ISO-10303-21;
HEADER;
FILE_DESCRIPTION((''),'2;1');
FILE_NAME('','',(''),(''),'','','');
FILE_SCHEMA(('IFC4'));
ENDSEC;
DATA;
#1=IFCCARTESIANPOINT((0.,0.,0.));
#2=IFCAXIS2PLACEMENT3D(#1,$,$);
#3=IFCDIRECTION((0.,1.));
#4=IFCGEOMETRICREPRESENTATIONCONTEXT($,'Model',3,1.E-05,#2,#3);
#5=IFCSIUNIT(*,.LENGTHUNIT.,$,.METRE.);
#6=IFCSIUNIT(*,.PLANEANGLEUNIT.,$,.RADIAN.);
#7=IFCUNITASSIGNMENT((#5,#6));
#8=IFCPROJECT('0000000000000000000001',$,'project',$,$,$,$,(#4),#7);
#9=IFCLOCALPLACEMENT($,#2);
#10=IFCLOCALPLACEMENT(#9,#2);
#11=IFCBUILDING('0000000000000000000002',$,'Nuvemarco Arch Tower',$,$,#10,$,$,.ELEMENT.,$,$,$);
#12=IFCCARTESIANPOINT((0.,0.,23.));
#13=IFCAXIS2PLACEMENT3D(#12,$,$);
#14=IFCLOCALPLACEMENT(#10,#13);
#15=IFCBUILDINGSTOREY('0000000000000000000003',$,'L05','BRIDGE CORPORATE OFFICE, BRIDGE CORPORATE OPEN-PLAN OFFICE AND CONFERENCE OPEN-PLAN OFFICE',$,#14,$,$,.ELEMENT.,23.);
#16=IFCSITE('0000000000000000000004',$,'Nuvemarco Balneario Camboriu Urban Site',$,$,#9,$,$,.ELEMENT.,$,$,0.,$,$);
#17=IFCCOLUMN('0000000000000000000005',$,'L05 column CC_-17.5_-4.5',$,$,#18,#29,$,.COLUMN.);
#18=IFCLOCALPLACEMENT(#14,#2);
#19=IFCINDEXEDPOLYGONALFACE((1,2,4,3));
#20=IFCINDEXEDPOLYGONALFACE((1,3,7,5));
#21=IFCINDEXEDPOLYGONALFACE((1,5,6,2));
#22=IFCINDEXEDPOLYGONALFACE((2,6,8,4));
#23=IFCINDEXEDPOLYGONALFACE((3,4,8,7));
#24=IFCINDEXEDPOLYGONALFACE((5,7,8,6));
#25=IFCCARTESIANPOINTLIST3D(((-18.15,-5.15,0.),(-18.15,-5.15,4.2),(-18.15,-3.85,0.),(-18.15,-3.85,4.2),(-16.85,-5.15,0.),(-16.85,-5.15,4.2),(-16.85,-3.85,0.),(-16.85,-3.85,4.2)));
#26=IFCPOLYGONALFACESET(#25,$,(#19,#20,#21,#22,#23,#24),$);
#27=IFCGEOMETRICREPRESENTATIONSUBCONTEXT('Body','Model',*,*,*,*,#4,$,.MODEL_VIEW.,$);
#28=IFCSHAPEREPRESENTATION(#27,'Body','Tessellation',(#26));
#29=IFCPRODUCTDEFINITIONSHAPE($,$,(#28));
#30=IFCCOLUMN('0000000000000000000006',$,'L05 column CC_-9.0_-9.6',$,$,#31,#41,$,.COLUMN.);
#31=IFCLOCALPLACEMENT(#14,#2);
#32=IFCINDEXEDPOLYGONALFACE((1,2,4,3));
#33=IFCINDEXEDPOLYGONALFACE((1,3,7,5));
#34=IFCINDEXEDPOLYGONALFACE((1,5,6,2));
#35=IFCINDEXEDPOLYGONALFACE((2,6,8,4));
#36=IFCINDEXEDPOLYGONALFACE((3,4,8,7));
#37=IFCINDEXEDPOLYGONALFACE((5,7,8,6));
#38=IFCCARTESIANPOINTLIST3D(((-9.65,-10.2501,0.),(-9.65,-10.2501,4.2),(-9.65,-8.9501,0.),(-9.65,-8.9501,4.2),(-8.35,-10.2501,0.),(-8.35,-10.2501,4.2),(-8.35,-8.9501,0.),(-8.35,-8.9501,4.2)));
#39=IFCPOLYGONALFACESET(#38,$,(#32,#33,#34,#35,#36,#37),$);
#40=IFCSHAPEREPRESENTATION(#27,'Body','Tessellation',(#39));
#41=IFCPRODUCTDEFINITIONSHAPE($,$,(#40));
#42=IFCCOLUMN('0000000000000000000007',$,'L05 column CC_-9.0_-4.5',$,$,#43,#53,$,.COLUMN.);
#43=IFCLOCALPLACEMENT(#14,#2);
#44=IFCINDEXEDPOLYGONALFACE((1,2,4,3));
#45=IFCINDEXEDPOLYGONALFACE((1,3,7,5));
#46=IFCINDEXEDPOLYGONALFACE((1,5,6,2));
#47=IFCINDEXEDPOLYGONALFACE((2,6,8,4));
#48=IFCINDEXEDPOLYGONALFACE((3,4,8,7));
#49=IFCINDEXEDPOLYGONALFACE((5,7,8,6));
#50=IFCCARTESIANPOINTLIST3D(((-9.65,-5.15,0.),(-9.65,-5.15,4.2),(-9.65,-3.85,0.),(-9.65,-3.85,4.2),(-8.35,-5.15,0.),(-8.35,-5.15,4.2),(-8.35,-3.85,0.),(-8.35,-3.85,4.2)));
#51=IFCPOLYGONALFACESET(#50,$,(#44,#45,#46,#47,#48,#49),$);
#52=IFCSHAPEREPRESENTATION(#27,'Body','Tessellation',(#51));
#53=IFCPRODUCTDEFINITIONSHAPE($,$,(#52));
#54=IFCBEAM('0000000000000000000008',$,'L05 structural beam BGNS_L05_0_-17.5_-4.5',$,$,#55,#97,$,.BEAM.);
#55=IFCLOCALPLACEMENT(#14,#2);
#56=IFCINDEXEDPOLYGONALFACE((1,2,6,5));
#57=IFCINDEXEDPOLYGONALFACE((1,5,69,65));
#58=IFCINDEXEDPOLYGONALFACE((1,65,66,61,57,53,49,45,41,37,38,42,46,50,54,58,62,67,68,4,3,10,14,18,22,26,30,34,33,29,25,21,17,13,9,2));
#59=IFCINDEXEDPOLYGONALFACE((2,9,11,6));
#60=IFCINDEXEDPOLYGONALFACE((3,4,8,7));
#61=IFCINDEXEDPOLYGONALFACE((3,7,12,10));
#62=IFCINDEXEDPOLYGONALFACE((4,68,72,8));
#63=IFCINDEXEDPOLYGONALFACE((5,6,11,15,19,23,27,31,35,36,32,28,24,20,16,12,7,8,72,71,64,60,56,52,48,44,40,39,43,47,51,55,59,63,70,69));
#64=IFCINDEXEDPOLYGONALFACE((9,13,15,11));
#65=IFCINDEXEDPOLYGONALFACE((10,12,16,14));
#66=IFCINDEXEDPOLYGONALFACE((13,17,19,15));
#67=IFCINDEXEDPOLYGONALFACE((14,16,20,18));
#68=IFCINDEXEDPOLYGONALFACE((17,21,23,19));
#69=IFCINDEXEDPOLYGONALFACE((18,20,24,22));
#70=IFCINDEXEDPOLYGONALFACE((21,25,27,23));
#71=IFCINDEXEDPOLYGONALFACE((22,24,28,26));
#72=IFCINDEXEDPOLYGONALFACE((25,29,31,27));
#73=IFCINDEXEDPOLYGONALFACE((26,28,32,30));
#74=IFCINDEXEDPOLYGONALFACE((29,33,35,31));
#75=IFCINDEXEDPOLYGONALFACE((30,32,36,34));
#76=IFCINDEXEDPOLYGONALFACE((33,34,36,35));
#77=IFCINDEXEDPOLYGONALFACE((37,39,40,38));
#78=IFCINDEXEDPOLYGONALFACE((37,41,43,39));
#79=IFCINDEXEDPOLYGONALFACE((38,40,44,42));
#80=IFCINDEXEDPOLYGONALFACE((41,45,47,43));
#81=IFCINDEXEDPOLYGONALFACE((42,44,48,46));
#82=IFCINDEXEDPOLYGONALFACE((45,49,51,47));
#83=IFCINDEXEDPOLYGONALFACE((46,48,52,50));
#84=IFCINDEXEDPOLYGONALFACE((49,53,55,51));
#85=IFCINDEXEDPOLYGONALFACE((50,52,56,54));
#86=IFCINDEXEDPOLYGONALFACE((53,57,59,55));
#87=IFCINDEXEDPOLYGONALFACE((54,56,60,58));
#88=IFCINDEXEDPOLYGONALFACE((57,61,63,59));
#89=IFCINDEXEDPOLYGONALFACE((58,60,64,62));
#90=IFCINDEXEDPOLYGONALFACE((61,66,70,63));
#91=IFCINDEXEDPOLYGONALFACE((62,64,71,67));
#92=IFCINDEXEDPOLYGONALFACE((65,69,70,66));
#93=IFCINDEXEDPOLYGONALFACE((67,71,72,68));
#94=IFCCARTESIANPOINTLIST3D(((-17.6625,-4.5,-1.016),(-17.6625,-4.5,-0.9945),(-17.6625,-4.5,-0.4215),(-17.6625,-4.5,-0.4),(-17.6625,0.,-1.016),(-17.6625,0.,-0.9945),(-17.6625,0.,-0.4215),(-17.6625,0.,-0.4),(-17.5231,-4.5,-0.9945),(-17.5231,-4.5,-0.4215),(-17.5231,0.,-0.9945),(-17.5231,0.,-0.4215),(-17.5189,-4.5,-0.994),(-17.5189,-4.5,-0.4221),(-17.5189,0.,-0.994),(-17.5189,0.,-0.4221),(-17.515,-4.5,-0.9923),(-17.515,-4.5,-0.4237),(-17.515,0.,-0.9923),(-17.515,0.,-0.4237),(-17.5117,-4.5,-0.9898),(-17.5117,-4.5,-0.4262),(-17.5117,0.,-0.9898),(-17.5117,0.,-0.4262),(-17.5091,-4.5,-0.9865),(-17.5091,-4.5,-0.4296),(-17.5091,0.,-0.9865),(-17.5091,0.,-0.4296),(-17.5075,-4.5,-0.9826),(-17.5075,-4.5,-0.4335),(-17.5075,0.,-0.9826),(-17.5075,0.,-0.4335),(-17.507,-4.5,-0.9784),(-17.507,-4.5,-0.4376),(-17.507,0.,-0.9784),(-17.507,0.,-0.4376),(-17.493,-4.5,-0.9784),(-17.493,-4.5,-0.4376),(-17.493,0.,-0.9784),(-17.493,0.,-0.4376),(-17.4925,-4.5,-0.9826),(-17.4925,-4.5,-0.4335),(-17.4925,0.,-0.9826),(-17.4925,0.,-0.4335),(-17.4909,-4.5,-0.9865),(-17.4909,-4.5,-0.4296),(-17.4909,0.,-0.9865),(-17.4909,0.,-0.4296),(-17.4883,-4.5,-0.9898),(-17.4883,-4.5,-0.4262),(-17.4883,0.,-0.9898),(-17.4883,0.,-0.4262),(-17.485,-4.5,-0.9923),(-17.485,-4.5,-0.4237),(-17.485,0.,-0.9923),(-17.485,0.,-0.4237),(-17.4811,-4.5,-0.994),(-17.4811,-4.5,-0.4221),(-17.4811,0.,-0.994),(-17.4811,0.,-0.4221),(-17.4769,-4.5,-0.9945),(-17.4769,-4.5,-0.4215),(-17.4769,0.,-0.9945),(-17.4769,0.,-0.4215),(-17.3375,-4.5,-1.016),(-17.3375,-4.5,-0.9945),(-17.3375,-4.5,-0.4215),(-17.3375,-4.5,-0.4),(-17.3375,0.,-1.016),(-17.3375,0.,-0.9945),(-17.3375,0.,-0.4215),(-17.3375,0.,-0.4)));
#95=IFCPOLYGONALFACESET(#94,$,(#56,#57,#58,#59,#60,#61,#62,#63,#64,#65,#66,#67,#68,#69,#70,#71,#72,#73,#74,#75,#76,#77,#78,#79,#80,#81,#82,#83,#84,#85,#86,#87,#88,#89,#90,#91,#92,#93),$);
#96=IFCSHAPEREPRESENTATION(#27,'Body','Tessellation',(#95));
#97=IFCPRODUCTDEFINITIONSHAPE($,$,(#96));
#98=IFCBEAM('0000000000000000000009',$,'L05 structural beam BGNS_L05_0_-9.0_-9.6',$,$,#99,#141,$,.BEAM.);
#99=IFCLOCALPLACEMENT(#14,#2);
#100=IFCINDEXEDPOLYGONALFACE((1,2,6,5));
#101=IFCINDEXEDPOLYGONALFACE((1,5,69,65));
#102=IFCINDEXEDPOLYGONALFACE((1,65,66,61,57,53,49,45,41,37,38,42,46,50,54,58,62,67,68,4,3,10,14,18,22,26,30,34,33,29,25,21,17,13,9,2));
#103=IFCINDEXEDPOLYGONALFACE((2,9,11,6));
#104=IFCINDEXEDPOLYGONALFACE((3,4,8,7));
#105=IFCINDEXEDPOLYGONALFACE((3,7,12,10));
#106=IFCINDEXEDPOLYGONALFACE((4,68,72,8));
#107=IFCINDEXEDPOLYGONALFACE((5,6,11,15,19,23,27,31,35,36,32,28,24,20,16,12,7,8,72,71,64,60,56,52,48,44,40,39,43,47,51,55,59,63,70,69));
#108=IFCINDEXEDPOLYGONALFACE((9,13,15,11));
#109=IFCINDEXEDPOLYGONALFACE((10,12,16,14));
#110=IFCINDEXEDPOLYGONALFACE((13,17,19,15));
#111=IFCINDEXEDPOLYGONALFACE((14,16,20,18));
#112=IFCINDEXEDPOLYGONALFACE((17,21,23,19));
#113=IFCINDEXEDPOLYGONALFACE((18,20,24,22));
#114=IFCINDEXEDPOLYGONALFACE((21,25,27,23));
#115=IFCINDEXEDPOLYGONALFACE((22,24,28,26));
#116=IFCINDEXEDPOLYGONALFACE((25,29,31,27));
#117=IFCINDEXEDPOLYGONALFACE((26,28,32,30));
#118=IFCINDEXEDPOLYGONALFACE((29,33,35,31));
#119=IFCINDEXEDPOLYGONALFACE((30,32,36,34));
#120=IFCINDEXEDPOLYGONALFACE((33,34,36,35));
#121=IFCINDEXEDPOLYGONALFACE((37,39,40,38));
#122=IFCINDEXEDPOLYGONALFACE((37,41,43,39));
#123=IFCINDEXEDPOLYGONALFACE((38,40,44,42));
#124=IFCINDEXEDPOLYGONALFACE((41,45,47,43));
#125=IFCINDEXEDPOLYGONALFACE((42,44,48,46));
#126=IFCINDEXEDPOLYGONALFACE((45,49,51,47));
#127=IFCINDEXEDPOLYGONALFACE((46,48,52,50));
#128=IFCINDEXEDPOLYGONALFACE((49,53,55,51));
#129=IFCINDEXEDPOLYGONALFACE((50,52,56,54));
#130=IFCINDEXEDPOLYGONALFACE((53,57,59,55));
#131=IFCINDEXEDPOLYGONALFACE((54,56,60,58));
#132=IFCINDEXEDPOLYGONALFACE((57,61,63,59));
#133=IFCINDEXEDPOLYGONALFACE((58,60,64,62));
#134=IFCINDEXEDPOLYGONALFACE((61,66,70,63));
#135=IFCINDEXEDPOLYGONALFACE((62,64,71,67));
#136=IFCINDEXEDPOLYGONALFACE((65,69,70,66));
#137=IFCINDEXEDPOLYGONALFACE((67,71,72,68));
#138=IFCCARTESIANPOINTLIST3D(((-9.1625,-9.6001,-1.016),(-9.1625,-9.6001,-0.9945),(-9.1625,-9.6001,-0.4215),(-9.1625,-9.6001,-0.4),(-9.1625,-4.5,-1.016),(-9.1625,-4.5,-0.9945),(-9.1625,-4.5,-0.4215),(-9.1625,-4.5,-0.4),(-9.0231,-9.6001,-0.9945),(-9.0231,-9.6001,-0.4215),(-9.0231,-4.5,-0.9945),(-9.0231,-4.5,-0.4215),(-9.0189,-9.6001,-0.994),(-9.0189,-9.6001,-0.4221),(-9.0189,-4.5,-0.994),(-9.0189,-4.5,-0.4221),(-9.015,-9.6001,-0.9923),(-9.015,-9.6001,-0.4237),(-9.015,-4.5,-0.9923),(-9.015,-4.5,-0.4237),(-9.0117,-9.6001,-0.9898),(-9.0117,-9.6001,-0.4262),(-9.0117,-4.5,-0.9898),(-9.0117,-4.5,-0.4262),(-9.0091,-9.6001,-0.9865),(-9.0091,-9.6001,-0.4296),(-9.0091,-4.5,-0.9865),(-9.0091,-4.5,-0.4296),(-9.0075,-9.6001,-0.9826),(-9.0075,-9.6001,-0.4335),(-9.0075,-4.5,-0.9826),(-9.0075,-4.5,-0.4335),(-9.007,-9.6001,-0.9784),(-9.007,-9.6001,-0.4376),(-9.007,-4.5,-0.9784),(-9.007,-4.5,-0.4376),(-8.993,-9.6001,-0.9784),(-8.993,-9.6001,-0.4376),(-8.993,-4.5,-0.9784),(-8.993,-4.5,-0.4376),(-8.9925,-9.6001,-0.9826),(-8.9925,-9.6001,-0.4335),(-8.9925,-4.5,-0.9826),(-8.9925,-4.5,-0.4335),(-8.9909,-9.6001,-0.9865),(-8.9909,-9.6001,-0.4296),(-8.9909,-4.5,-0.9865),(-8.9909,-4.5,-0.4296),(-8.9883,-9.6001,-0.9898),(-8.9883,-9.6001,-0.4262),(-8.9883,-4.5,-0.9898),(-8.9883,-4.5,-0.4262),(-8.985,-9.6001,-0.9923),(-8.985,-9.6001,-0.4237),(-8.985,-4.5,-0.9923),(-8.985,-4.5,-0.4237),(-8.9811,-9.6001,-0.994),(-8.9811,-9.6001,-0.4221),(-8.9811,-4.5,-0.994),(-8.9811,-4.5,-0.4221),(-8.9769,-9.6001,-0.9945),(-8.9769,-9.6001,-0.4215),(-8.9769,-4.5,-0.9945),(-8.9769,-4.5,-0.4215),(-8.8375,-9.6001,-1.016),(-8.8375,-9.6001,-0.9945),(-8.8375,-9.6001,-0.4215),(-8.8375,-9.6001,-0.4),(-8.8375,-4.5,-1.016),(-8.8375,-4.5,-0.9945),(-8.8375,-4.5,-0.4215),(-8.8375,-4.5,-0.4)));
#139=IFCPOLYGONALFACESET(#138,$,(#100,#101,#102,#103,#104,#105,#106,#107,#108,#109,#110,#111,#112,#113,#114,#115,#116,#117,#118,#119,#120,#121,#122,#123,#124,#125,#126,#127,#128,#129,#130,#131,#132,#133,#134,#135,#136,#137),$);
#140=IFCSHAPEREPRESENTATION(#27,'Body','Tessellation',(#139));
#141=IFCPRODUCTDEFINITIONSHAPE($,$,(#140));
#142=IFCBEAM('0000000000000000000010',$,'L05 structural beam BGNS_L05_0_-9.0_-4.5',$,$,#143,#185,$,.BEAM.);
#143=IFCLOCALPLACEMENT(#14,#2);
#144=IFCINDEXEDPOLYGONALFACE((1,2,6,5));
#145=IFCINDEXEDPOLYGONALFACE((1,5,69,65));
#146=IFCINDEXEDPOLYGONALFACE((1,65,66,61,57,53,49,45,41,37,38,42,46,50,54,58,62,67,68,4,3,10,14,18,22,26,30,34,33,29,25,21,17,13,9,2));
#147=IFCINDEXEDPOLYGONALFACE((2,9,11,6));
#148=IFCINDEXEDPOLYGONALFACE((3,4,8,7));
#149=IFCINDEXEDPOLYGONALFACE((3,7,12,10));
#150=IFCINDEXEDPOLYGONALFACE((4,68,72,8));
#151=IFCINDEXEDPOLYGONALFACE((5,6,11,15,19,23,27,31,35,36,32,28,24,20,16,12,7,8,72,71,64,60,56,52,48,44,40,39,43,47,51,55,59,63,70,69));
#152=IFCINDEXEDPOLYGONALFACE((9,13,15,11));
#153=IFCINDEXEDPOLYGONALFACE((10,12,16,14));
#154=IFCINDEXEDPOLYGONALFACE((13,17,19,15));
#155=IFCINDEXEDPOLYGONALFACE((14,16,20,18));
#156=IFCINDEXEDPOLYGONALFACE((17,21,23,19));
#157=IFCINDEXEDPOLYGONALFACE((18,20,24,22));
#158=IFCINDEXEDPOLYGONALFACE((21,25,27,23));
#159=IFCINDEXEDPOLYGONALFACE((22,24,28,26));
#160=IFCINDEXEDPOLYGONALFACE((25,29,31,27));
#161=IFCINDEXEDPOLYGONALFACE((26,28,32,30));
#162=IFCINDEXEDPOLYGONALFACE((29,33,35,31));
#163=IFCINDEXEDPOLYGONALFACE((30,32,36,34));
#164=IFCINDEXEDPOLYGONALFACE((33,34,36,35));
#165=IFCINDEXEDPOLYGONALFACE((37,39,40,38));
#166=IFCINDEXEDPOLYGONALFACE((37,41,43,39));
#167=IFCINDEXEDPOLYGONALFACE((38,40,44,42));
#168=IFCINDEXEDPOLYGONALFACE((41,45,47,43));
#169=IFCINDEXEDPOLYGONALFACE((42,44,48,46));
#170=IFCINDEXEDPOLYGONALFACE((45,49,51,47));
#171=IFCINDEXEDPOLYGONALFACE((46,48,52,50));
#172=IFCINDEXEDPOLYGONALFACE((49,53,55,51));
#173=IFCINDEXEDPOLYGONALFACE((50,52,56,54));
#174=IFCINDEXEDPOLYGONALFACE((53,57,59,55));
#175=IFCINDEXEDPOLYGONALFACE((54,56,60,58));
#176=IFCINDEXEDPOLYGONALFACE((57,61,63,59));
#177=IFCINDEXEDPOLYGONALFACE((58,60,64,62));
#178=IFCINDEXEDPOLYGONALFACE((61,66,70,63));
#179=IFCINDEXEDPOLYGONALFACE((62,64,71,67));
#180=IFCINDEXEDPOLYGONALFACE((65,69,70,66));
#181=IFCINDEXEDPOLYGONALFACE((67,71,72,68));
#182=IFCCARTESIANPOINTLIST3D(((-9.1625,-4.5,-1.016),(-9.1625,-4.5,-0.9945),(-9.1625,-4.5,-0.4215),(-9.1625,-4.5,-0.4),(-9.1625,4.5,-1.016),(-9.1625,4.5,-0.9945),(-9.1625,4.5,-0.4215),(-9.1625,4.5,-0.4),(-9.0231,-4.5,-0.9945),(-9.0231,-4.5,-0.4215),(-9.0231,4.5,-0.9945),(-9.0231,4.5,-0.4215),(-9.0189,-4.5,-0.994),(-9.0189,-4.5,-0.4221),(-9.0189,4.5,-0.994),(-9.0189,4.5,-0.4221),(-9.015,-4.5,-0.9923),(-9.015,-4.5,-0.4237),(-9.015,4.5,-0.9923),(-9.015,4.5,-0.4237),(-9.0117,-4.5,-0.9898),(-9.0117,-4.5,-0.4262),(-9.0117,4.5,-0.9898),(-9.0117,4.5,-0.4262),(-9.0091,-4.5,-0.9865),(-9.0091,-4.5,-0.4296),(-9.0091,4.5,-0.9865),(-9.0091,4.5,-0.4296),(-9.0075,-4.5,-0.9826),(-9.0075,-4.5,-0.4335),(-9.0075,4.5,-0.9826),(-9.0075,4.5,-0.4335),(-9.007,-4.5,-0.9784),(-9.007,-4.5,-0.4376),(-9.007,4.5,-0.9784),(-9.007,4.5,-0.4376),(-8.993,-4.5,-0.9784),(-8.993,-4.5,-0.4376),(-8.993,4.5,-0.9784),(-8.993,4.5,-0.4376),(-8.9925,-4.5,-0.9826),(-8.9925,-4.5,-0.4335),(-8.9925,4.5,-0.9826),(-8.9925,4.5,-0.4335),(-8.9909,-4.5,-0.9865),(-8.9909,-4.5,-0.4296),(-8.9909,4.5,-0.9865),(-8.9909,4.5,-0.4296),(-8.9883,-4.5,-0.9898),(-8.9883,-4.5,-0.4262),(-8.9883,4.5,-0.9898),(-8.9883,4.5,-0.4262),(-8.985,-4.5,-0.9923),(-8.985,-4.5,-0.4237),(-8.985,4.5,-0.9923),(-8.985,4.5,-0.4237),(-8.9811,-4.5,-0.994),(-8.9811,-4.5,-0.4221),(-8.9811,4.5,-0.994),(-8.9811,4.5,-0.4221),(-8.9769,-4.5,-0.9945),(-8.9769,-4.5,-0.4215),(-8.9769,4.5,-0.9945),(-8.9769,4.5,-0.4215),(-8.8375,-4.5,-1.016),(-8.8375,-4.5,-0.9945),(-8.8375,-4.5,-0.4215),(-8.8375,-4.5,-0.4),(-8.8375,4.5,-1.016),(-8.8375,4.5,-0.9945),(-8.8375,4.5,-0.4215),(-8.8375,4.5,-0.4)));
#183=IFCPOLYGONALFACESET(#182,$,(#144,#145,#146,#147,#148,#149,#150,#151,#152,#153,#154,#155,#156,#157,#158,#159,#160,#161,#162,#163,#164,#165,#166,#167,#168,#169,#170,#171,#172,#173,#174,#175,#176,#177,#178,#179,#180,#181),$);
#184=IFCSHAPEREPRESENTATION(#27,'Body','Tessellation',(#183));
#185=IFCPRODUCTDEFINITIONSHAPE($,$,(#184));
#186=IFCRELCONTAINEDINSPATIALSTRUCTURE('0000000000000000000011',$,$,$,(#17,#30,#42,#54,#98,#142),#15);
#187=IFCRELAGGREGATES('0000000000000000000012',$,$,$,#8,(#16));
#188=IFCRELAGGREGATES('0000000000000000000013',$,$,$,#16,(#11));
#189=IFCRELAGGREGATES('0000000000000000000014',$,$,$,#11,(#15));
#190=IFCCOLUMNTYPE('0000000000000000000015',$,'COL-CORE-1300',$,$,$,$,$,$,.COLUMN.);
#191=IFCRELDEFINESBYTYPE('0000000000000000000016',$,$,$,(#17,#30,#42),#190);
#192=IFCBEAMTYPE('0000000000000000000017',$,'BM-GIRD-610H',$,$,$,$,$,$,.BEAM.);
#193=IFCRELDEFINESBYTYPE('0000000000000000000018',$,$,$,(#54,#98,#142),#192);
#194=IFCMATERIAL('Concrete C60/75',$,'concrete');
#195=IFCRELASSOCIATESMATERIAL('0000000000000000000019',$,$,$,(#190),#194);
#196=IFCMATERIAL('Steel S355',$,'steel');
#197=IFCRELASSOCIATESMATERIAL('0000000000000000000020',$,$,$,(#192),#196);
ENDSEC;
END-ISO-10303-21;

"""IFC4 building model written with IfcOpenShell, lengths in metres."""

from ifc_helpers import new_model, si_unit, direction, frame, origin, origin_2d, place, context, subcontext, project, spatial, rectangle, i_section, extrude, material, material_profile, profile_set, type_object, element, save


model = new_model("IFC4")

# Units and contexts
model_context = context("Model", 3, precision=1e-05, world=origin(), true_north=direction((0.0, 1.0)))
body_context = subcontext(model_context, "Body", "Model", "MODEL_VIEW")
ifc_project = project(units=[si_unit("LENGTHUNIT", "METRE"), si_unit("PLANEANGLEUNIT", "RADIAN")], contexts=[model_context])

# Site, building, storey
site_placement = place(None, origin())
site = spatial("IfcSite", under=ifc_project, at=site_placement, Name="Nuvemarco Balneario Camboriu Urban Site", CompositionType="ELEMENT", RefElevation=0.0)
building_placement = place(site_placement, origin())
building = spatial("IfcBuilding", under=site, at=building_placement, Name="Nuvemarco Arch Tower", CompositionType="ELEMENT")
storey_placement = place(building_placement, frame((0.0, 0.0, 23.0)))
storey = spatial("IfcBuildingStorey", under=building, at=storey_placement, Name="L05", Description="BRIDGE CORPORATE OFFICE, BRIDGE CORPORATE OPEN-PLAN OFFICE AND CONFERENCE OPEN-PLAN OFFICE", CompositionType="ELEMENT", Elevation=23.0)

# Columns
ifc_material_1 = material(Name="Concrete C60/75", Category="concrete")
ifc_material_profile_1 = material_profile(ifc_material_1, rectangle(XDim=1.3, YDim=1.3, at=origin_2d()), Name="RC-COL-1300x1300")
ifc_profile_set_1 = profile_set([ifc_material_profile_1], Name="Concrete C60/75")
column_type = type_object("IfcColumnType", Name="COL-CORE-1300", PredefinedType="COLUMN", material=ifc_profile_set_1)
for number, where, z_axis, x_axis, name in (
    (1, (-17.5, -4.5, 0.0), (0.0, 0.0, 1.0), (1.0, 0.0, 0.0), "L05 column CC_-17.5_-4.5"),
    (2, (-9.0, -9.6001, 0.0), (0.0, 0.0, 1.0), (1.0, 0.0, 0.0), "L05 column CC_-9.0_-9.6"),
    (3, (-9.0, -4.5, 0.0), (0.0, 0.0, 1.0), (1.0, 0.0, 0.0), "L05 column CC_-9.0_-4.5"),
):
    element("IfcColumn", number, at=place(storey_placement, frame(where, z_axis=z_axis, x_axis=x_axis)), inside=storey, type_object=column_type, Name=name, PredefinedType="COLUMN", context=body_context, shape_type="SweptSolid", body=[
        extrude(rectangle(XDim=1.3, YDim=1.3, at=origin_2d()), origin(), (0.0, 0.0, 1.0), 4.2),
    ])

# Beams
ifc_material_2 = material(Name="Steel S355", Category="steel")
ifc_material_profile_2 = material_profile(ifc_material_2, i_section(OverallWidth=0.325, OverallDepth=0.616, WebThickness=0.0139, FlangeThickness=0.0215, FilletRadius=0.0161, at=origin_2d()), Name="W610x174")
ifc_profile_set_2 = profile_set([ifc_material_profile_2], Name="Steel S355")
beam_type = type_object("IfcBeamType", Name="BM-GIRD-610H", PredefinedType="BEAM", material=ifc_profile_set_2)
beam_1_placement = place(storey_placement, frame((-17.5, -4.5, -0.708), z_axis=(0.0, 1.0, 0.0), x_axis=(-1.0, 0.0, 0.0)))
element("IfcBeam", 4, at=beam_1_placement, inside=storey, type_object=beam_type, Name="L05 structural beam BGNS_L05_0_-17.5_-4.5", PredefinedType="BEAM", context=body_context, shape_type="SweptSolid", body=[
    extrude(i_section(OverallWidth=0.325, OverallDepth=0.616, WebThickness=0.0139, FlangeThickness=0.0215, FilletRadius=0.0161, at=origin_2d()), origin(), (0.0, 0.0, 1.0), 4.5),
])
beam_2_placement = place(storey_placement, frame((-9.0, -9.6001, -0.708), z_axis=(0.0, 1.0, 0.0), x_axis=(-1.0, 0.0, 0.0)))
element("IfcBeam", 5, at=beam_2_placement, inside=storey, type_object=beam_type, Name="L05 structural beam BGNS_L05_0_-9.0_-9.6", PredefinedType="BEAM", context=body_context, shape_type="SweptSolid", body=[
    extrude(i_section(OverallWidth=0.325, OverallDepth=0.616, WebThickness=0.0139, FlangeThickness=0.0215, FilletRadius=0.0161, at=origin_2d()), origin(), (0.0, 0.0, 1.0), 5.1001),
])
beam_3_placement = place(storey_placement, frame((-9.0, -4.5, -0.708), z_axis=(0.0, 1.0, 0.0), x_axis=(-1.0, 0.0, 0.0)))
element("IfcBeam", 6, at=beam_3_placement, inside=storey, type_object=beam_type, Name="L05 structural beam BGNS_L05_0_-9.0_-4.5", PredefinedType="BEAM", context=body_context, shape_type="SweptSolid", body=[
    extrude(i_section(OverallWidth=0.325, OverallDepth=0.616, WebThickness=0.0139, FlangeThickness=0.0215, FilletRadius=0.0161, at=origin_2d()), origin(), (0.0, 0.0, 1.0), 9.0),
])

save(model, "model.ifc")
